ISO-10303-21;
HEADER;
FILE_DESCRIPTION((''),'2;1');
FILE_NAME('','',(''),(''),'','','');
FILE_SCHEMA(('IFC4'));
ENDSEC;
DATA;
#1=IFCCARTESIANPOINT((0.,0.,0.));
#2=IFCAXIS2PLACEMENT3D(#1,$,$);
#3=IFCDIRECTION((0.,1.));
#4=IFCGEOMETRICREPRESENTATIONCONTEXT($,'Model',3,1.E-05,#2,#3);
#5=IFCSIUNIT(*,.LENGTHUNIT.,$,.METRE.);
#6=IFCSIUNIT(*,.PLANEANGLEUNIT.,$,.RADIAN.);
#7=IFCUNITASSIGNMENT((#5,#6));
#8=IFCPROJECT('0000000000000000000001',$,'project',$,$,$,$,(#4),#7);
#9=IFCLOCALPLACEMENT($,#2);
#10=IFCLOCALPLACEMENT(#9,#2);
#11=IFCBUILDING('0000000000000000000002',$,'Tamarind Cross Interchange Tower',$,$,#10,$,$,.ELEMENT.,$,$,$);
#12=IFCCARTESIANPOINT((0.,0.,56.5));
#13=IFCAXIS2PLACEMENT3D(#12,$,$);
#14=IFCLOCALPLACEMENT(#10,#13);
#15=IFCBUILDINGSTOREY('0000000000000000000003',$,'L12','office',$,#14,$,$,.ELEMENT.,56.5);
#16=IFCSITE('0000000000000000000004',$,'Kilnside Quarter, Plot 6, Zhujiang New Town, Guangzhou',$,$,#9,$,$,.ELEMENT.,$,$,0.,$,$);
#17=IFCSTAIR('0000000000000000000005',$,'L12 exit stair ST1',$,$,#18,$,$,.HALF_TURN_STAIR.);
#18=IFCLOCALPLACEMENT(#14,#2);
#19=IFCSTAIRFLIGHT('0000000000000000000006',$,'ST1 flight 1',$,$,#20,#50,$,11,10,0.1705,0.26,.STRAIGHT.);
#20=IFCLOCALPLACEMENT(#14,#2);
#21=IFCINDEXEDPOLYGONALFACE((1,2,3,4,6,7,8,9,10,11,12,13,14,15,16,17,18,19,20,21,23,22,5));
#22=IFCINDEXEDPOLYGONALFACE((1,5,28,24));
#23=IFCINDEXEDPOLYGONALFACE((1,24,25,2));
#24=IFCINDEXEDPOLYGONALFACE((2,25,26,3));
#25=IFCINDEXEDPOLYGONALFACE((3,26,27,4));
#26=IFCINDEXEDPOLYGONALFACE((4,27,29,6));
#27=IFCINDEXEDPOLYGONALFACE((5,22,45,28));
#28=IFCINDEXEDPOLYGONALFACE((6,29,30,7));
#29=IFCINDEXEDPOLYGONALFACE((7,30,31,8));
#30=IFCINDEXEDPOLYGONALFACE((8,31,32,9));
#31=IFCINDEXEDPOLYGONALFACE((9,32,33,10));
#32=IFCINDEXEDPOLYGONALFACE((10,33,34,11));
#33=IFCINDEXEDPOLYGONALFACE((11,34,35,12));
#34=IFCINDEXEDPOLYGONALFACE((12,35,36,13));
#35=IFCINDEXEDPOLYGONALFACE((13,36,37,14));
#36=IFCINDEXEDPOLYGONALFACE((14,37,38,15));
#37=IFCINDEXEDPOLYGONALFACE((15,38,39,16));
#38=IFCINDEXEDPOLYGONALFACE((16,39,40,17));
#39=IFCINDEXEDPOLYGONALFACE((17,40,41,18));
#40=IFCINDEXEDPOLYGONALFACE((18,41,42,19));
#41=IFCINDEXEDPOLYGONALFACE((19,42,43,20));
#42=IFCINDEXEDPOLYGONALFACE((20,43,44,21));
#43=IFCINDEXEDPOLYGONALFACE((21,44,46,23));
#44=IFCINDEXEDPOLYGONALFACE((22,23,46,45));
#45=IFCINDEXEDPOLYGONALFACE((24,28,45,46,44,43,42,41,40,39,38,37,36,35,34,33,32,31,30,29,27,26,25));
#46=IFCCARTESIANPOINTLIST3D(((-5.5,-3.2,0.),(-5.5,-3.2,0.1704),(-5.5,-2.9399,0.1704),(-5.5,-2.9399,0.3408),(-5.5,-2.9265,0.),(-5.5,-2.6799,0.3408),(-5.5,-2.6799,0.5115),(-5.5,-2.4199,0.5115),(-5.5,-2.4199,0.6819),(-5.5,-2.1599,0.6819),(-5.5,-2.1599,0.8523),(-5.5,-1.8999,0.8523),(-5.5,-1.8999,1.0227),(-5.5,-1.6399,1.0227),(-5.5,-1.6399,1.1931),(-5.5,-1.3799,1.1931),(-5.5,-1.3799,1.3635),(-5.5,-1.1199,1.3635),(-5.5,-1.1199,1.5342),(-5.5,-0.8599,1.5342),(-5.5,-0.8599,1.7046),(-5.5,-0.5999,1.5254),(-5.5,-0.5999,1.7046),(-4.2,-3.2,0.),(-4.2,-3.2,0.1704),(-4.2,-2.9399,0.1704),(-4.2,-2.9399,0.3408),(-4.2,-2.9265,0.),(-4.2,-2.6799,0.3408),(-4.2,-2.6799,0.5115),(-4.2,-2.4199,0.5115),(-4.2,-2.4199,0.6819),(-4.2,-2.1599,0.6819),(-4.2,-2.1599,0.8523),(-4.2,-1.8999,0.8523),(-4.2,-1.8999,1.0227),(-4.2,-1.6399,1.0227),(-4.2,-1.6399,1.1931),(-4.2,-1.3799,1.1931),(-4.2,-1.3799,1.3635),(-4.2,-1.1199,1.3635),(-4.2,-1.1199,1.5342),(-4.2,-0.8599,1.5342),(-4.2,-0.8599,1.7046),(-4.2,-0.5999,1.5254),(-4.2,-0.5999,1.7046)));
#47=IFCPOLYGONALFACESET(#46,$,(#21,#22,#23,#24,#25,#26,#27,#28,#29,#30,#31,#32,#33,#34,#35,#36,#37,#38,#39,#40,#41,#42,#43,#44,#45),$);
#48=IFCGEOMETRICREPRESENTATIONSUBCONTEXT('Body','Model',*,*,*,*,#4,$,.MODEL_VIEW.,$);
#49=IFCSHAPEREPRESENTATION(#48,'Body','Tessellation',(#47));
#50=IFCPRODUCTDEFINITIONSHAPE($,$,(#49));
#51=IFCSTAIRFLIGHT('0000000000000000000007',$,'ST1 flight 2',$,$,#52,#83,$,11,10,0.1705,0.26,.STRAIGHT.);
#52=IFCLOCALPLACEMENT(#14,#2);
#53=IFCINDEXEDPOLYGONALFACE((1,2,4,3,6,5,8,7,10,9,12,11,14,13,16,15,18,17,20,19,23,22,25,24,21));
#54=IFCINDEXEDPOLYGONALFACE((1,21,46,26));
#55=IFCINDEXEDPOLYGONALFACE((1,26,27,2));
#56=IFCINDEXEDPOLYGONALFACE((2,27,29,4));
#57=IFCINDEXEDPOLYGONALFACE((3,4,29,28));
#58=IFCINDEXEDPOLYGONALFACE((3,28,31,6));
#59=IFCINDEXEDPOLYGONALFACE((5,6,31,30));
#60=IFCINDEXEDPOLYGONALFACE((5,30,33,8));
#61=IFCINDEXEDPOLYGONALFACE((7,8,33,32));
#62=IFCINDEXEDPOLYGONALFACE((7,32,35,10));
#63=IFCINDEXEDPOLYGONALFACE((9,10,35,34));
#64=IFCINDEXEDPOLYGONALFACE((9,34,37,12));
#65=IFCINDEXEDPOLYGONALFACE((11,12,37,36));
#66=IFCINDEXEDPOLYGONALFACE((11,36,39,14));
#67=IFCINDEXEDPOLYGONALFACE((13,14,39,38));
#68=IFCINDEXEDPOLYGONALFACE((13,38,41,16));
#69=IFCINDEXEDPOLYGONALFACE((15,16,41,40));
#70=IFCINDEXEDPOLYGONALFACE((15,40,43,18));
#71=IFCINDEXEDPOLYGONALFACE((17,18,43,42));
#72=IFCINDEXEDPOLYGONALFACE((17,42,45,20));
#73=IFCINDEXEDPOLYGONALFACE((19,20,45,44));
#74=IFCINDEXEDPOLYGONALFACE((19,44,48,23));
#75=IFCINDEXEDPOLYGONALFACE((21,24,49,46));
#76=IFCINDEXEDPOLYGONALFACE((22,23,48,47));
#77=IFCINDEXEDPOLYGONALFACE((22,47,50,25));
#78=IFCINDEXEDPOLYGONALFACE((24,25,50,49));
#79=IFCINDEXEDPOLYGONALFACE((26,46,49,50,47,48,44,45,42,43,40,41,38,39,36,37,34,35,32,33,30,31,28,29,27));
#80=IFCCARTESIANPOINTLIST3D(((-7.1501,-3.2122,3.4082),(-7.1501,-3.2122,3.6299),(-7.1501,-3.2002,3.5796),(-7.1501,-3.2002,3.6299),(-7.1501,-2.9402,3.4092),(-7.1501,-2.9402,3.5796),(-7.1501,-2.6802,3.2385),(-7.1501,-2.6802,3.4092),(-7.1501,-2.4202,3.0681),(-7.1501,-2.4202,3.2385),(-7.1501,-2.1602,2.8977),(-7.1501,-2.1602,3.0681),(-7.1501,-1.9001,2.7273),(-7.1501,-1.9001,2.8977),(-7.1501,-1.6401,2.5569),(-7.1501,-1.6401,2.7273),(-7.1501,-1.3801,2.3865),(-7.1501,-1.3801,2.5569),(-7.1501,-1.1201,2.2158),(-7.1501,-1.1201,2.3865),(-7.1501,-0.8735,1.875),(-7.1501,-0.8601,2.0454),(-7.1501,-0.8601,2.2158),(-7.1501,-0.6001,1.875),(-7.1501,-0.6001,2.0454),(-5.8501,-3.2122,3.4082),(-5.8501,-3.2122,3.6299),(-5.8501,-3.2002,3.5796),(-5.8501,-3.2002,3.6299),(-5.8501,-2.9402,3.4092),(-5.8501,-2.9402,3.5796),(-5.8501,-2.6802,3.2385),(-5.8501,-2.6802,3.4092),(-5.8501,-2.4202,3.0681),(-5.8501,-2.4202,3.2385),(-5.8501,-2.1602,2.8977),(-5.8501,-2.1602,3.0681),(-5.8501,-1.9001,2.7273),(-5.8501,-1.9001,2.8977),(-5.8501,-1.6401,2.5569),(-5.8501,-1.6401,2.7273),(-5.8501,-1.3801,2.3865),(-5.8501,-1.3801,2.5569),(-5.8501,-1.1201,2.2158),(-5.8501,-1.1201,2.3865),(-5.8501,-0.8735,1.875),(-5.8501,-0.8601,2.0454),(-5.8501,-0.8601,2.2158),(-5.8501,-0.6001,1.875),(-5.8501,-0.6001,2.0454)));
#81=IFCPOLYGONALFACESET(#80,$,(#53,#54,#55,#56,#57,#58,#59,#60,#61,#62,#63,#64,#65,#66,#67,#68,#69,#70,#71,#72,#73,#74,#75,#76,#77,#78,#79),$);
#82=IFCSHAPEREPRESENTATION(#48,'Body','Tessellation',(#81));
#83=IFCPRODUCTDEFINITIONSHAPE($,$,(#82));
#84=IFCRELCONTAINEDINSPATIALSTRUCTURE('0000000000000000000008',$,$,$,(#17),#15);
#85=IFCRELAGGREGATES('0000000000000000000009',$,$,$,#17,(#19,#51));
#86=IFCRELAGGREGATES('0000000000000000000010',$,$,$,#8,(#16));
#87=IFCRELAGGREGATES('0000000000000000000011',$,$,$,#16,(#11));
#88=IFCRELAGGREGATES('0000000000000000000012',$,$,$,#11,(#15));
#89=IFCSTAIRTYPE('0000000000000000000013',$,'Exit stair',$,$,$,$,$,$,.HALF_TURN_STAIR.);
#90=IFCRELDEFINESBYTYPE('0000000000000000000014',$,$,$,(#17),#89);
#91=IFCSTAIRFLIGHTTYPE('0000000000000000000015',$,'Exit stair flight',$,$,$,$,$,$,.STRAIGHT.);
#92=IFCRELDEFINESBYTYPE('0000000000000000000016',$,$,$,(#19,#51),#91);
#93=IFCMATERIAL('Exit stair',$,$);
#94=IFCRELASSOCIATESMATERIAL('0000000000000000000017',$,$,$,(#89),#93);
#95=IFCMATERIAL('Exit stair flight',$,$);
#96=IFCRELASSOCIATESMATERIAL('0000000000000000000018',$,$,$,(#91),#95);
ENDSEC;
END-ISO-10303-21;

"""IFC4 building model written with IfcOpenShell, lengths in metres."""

from ifc_helpers import new_model, si_unit, direction, frame, origin, place, context, subcontext, project, spatial, polyline, outline, extrude, material, type_object, element, aggregate, save


model = new_model("IFC4")

# Units and contexts
model_context = context("Model", 3, precision=1e-05, world=origin(), true_north=direction((0.0, 1.0)))
body_context = subcontext(model_context, "Body", "Model", "MODEL_VIEW")
ifc_project = project(units=[si_unit("LENGTHUNIT", "METRE"), si_unit("PLANEANGLEUNIT", "RADIAN")], contexts=[model_context])

# Site, building, storey
site_placement = place(None, origin())
site = spatial("IfcSite", under=ifc_project, at=site_placement, Name="Kilnside Quarter, Plot 6, Zhujiang New Town, Guangzhou", CompositionType="ELEMENT", RefElevation=0.0)
building_placement = place(site_placement, origin())
building = spatial("IfcBuilding", under=site, at=building_placement, Name="Tamarind Cross Interchange Tower", CompositionType="ELEMENT")
storey_placement = place(building_placement, frame((0.0, 0.0, 56.5)))
storey = spatial("IfcBuildingStorey", under=building, at=storey_placement, Name="L12", Description="office", CompositionType="ELEMENT", Elevation=56.5)

# Stair, stair flights
ifc_material_1 = material(Name="Exit stair")
stair_type = type_object("IfcStairType", Name="Exit stair", PredefinedType="HALF_TURN_STAIR", material=ifc_material_1)
stair_placement = place(storey_placement, origin())
stair = element("IfcStair", 1, at=stair_placement, inside=storey, type_object=stair_type, Name="L12 exit stair ST1", PredefinedType="HALF_TURN_STAIR")
ifc_material_2 = material(Name="Exit stair flight")
stair_flight_type = type_object("IfcStairFlightType", Name="Exit stair flight", PredefinedType="STRAIGHT", material=ifc_material_2)
stair_flight_1_placement = place(storey_placement, frame((-4.8501, -3.2, 0.0), z_axis=(0.0, 0.0, 1.0), x_axis=(0.0, 1.0, 0.0)))
stair_flight_1 = element("IfcStairFlight", 2, at=stair_flight_1_placement, type_object=stair_flight_type, Name="ST1 flight 1", NumberOfRisers=11, NumberOfTreads=10, PredefinedType="STRAIGHT", RiserHeight=0.1705, TreadLength=0.26, context=body_context, shape_type="SweptSolid", body=[
    extrude(outline(polyline([(0.0, 0.0), (0.0, 0.1704), (0.26, 0.1704), (0.26, 0.3408), (0.52, 0.3408), (0.52, 0.5115), (0.78, 0.5115), (0.78, 0.6819), (1.04, 0.6819), (1.04, 0.8523), (1.3, 0.8523), (1.3, 1.0227), (1.5601, 1.0227), (1.5601, 1.1931), (1.8201, 1.1931), (1.8201, 1.3635), (2.0801, 1.3635), (2.0801, 1.5342), (2.3401, 1.5342), (2.3401, 1.7046), (2.6001, 1.7046), (2.6001, 1.875), (2.6001, 1.5254), (0.2734, 0.0), (0.0, 0.0)])), frame((0.0, 0.6499, 0.0), z_axis=(0.0, -1.0, 0.0), x_axis=(1.0, 0.0, 0.0)), (0.0, 0.0, 1.0), 1.3),
])
stair_flight_2_placement = place(storey_placement, frame((-6.5, -0.6001, 1.875), z_axis=(0.0, 0.0, 1.0), x_axis=(0.0, -1.0, 0.0)))
stair_flight_2 = element("IfcStairFlight", 3, at=stair_flight_2_placement, type_object=stair_flight_type, Name="ST1 flight 2", NumberOfRisers=11, NumberOfTreads=10, PredefinedType="STRAIGHT", RiserHeight=0.1705, TreadLength=0.26, context=body_context, shape_type="SweptSolid", body=[
    extrude(outline(polyline([(0.0, 0.0), (0.0, 0.1704), (0.26, 0.1704), (0.26, 0.3408), (0.52, 0.3408), (0.52, 0.5115), (0.78, 0.5115), (0.78, 0.6819), (1.04, 0.6819), (1.04, 0.8523), (1.3, 0.8523), (1.3, 1.0227), (1.5601, 1.0227), (1.5601, 1.1931), (1.8201, 1.1931), (1.8201, 1.3635), (2.0801, 1.3635), (2.0801, 1.5342), (2.3401, 1.5342), (2.3401, 1.7046), (2.6001, 1.7046), (2.6001, 1.7549), (2.6121, 1.7549), (2.6121, 1.5332), (0.2734, 0.0), (0.0, 0.0)])), frame((0.0, 0.6499, 0.0), z_axis=(0.0, -1.0, 0.0), x_axis=(1.0, 0.0, 0.0)), (0.0, 0.0, 1.0), 1.3),
])
aggregate(stair, [stair_flight_1, stair_flight_2])

save(model, "model.ifc")
